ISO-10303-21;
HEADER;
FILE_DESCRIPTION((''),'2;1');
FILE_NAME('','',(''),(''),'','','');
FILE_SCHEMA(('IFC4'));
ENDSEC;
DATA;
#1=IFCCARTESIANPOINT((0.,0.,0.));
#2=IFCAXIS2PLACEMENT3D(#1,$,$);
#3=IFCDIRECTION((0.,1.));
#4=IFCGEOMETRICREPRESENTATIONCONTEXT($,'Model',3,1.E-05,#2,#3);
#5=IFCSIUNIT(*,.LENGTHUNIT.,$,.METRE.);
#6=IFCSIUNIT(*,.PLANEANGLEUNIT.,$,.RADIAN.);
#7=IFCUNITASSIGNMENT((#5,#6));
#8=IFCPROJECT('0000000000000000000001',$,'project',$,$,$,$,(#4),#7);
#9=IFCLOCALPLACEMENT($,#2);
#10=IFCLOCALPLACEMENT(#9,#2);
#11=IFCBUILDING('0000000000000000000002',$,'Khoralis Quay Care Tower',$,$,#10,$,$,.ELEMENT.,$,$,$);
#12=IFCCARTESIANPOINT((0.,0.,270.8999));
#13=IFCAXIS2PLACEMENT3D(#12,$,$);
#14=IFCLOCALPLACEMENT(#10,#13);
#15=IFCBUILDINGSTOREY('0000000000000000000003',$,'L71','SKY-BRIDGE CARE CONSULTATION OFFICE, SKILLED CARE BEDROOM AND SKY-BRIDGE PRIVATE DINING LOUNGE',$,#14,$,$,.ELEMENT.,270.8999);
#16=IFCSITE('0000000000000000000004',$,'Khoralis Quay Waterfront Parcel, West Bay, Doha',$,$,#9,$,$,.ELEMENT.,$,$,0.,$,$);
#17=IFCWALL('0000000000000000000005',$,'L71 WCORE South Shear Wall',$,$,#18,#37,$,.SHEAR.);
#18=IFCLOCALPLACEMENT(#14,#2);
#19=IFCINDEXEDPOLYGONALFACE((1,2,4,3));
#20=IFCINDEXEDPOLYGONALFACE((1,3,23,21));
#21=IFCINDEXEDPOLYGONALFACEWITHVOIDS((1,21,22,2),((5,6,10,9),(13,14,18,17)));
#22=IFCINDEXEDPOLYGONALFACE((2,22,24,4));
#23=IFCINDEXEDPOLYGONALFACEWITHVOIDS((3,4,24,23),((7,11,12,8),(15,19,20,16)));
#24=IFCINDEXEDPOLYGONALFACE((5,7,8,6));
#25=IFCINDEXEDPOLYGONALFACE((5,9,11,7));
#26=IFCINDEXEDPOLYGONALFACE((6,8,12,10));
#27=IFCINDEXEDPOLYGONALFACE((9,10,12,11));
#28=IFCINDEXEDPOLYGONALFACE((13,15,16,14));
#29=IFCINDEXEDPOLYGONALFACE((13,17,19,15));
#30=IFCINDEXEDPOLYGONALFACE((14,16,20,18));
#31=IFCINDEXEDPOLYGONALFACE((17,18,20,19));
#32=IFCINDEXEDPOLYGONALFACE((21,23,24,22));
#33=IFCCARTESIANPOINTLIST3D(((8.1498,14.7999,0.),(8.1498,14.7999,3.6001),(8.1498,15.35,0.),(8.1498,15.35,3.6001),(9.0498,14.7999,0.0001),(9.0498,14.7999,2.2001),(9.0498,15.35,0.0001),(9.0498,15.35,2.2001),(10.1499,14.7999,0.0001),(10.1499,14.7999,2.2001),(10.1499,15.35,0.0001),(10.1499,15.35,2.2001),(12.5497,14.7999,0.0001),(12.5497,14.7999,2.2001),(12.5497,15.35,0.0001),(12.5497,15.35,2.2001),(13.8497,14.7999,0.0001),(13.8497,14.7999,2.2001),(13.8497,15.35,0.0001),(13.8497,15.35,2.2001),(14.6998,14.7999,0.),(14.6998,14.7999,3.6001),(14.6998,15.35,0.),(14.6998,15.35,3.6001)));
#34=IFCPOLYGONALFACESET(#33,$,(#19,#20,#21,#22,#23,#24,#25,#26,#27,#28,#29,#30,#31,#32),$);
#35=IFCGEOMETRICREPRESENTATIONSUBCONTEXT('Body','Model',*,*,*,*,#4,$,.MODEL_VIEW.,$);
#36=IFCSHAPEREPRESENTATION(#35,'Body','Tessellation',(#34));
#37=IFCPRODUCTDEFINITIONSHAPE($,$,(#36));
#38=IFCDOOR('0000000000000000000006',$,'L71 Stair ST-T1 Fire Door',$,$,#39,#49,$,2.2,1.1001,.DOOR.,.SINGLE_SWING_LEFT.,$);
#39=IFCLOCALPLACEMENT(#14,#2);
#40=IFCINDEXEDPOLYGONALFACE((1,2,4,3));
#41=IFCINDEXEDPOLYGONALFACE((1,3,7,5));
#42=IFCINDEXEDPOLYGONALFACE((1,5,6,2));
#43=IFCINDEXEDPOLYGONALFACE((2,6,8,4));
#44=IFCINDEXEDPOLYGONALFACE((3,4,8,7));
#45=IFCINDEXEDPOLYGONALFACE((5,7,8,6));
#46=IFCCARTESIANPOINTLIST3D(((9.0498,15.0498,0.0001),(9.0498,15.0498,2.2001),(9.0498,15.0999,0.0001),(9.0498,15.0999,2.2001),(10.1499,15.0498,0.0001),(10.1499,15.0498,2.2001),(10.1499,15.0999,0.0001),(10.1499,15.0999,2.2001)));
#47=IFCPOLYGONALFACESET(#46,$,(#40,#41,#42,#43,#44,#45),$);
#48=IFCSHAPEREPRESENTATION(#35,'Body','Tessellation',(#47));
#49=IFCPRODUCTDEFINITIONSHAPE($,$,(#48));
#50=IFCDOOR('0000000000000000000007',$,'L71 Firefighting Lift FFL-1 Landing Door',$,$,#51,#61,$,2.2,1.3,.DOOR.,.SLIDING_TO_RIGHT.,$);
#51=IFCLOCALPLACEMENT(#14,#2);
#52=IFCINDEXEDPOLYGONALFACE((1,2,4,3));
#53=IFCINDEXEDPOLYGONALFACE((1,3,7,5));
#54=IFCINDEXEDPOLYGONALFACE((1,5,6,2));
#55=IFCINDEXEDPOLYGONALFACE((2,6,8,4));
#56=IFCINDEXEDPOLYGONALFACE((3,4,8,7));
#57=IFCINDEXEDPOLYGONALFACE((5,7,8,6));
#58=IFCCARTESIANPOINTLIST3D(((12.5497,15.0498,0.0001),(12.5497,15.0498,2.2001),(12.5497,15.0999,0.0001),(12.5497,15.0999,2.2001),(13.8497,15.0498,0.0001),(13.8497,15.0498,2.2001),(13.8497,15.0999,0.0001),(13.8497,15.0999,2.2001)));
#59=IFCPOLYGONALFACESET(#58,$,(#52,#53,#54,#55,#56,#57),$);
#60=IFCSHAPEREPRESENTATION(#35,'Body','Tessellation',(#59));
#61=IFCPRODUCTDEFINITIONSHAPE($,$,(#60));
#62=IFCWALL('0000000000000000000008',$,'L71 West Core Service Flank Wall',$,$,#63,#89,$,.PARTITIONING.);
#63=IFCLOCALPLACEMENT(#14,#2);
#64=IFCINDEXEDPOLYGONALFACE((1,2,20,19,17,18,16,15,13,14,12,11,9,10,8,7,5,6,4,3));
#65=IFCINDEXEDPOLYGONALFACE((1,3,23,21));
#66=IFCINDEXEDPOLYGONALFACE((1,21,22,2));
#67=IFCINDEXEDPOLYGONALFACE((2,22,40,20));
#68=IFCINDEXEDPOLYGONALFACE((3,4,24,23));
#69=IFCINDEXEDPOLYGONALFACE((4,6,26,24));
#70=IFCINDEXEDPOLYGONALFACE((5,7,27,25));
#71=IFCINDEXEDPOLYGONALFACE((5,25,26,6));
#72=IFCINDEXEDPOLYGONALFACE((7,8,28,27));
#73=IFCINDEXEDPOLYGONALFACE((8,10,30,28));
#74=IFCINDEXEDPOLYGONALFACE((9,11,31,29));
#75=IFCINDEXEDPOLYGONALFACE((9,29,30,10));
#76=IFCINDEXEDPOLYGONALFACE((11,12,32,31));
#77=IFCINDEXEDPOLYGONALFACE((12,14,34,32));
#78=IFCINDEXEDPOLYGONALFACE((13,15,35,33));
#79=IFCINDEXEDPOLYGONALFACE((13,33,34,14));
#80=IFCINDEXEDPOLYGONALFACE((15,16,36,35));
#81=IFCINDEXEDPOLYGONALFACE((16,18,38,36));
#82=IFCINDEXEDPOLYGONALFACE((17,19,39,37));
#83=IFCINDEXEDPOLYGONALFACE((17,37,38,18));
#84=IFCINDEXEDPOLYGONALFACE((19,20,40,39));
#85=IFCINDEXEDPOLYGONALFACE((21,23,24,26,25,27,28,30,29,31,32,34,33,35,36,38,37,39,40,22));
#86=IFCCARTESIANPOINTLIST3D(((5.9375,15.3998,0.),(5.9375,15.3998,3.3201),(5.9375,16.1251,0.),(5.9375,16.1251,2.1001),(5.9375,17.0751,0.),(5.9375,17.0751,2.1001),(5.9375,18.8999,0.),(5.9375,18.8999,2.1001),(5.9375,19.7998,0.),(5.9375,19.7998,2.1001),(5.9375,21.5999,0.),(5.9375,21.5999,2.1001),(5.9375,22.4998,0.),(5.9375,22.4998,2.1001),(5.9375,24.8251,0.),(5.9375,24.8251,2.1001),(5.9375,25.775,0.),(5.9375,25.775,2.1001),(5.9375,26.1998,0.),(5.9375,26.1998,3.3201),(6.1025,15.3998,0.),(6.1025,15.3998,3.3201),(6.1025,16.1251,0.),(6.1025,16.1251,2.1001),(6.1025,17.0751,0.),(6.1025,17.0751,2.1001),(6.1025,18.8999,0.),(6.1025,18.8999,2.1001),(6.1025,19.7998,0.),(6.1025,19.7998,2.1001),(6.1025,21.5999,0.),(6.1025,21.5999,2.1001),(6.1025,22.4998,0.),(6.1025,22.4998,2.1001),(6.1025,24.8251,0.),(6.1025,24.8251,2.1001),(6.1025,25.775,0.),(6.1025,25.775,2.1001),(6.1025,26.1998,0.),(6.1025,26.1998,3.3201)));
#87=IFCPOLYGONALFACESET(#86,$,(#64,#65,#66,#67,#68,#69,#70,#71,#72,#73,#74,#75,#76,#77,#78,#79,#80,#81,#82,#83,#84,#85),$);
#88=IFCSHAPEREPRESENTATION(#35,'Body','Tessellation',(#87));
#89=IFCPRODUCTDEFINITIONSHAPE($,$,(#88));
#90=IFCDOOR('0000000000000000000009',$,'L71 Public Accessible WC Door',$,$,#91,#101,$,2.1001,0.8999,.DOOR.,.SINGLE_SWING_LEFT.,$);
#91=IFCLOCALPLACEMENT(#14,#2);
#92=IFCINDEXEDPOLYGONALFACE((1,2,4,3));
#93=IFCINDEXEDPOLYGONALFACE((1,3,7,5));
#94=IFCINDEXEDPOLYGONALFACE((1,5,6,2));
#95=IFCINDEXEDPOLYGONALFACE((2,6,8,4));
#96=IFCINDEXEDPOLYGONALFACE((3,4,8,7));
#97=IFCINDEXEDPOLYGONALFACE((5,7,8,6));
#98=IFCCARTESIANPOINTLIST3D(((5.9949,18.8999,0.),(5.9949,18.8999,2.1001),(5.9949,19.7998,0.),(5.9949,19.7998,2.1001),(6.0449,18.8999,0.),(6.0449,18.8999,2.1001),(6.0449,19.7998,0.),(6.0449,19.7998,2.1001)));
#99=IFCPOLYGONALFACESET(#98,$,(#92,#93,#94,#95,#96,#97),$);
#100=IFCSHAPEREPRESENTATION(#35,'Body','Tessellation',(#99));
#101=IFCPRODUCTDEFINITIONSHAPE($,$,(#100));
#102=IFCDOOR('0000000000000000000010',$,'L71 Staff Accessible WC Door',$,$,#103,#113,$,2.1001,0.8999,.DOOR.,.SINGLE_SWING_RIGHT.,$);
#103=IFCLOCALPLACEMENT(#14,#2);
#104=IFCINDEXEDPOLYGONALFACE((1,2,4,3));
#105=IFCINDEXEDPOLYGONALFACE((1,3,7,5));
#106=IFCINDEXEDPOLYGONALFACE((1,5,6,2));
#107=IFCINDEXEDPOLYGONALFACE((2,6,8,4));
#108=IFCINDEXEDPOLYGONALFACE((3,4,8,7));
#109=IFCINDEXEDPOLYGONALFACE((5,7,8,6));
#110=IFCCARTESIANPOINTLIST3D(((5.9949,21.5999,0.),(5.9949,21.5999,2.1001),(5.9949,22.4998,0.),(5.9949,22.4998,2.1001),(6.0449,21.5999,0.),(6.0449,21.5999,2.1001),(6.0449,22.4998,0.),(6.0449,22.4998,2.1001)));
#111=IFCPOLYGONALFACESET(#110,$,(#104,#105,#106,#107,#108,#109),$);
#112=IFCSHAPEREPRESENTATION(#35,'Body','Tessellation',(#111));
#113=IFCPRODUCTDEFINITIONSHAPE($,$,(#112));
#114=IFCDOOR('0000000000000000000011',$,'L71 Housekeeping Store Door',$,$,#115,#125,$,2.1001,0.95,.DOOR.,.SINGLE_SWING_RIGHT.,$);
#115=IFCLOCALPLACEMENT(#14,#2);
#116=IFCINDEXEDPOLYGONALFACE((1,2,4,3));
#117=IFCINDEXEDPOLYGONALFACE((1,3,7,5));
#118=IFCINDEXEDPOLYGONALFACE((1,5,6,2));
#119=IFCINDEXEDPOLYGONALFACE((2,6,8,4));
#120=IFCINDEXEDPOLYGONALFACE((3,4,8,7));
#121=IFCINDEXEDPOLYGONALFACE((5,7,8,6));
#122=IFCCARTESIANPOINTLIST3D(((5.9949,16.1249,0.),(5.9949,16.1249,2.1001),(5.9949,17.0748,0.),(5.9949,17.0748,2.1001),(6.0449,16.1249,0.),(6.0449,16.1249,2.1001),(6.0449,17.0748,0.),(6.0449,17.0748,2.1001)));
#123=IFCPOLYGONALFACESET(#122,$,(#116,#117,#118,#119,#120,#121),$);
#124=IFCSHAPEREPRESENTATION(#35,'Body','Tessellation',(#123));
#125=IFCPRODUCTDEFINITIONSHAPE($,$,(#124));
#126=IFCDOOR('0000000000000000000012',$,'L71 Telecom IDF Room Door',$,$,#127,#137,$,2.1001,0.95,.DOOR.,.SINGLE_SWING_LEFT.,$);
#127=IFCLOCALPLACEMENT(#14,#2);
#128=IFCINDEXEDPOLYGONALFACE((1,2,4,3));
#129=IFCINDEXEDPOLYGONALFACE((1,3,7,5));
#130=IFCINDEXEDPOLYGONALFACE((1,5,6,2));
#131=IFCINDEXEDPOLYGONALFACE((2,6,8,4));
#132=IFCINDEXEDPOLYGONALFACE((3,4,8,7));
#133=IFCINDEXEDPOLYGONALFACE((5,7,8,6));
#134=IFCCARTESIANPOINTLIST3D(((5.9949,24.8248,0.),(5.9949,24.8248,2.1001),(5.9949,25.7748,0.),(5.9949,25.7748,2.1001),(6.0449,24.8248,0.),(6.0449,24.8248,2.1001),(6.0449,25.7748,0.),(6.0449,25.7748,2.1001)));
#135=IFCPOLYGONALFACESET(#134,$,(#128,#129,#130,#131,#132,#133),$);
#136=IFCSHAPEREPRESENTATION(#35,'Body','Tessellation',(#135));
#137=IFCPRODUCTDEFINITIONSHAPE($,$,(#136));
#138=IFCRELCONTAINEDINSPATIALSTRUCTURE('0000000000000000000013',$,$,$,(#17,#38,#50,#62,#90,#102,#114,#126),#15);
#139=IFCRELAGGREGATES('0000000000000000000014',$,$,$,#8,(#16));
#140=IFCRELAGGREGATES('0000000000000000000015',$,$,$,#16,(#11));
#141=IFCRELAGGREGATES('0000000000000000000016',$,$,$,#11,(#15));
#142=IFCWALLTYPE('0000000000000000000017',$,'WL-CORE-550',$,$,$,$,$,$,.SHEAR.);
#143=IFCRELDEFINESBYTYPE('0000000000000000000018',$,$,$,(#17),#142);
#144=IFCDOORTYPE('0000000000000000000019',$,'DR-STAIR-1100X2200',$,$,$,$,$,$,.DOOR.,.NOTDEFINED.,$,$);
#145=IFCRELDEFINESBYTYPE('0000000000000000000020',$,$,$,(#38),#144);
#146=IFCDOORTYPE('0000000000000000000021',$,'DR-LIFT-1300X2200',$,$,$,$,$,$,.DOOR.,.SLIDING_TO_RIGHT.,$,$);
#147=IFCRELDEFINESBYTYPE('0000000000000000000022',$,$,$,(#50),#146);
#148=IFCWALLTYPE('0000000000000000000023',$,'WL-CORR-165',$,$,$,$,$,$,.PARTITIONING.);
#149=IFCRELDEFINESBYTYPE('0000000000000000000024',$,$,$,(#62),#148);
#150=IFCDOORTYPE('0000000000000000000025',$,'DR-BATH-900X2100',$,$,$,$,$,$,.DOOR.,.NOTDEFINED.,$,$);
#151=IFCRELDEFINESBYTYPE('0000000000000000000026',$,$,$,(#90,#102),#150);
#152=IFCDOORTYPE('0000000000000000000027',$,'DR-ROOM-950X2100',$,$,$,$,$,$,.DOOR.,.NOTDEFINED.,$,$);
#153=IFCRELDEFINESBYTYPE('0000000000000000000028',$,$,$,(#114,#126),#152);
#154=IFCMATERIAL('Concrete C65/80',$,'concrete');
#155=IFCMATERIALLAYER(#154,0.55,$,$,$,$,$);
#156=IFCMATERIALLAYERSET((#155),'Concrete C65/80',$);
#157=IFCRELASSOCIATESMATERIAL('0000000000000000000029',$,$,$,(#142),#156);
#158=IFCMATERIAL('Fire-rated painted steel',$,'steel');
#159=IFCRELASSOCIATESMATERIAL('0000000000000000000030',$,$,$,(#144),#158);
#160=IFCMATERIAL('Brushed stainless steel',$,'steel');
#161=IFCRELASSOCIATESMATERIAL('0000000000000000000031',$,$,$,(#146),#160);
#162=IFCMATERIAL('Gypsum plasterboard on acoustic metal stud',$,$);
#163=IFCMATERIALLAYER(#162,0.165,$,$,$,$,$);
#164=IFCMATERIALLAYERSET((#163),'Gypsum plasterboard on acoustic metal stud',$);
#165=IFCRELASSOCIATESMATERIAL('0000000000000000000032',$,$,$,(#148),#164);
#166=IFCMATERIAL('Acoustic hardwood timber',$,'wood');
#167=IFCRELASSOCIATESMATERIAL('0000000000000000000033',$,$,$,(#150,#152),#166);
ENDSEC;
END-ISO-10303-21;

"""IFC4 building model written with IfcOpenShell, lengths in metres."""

from ifc_helpers import new_model, si_unit, direction, frame, frame_2d, origin, place, context, subcontext, project, spatial, rectangle, extrude, source, transform, mapped, material, layer, layer_set, type_object, element, fill, save


model = new_model("IFC4")

# Units and contexts
model_context = context("Model", 3, precision=1e-05, world=origin(), true_north=direction((0.0, 1.0)))
body_context = subcontext(model_context, "Body", "Model", "MODEL_VIEW")
ifc_project = project(units=[si_unit("LENGTHUNIT", "METRE"), si_unit("PLANEANGLEUNIT", "RADIAN")], contexts=[model_context])

# Site, building, storey
site_placement = place(None, origin())
site = spatial("IfcSite", under=ifc_project, at=site_placement, Name="Khoralis Quay Waterfront Parcel, West Bay, Doha", CompositionType="ELEMENT", RefElevation=0.0)
building_placement = place(site_placement, origin())
building = spatial("IfcBuilding", under=site, at=building_placement, Name="Khoralis Quay Care Tower", CompositionType="ELEMENT")
storey_placement = place(building_placement, frame((0.0, 0.0, 270.8999)))
storey = spatial("IfcBuildingStorey", under=building, at=storey_placement, Name="L71", Description="SKY-BRIDGE CARE CONSULTATION OFFICE, SKILLED CARE BEDROOM AND SKY-BRIDGE PRIVATE DINING LOUNGE", CompositionType="ELEMENT", Elevation=270.8999)

# Walls, openings, doors
ifc_material_1 = material(Name="Concrete C65/80", Category="concrete")
ifc_layer_1 = layer(ifc_material_1, 0.55)
ifc_layer_set_1 = layer_set([ifc_layer_1], Name="Concrete C65/80")
wall_type_1 = type_object("IfcWallType", Name="WL-CORE-550", PredefinedType="SHEAR", material=ifc_layer_set_1)
wall_1_placement = place(storey_placement, frame((8.1499, 15.075, 0.0), z_axis=(0.0, 0.0, 1.0), x_axis=(1.0, 0.0, 0.0)))
wall_1 = element("IfcWall", 1, at=wall_1_placement, inside=storey, type_object=wall_type_1, Name="L71 WCORE South Shear Wall", PredefinedType="SHEAR", context=body_context, shape_type="SweptSolid", body=[
    extrude(rectangle(XDim=6.55, YDim=0.55, at=frame_2d((3.2749, 0.0))), origin(), (0.0, 0.0, 1.0), 3.6001),
])
opening_1_placement = place(wall_1_placement, frame((0.8999, 0.0, 0.0)))
opening_1 = element("IfcOpeningElement", 2, at=opening_1_placement, cuts=wall_1, PredefinedType="OPENING", context=body_context, shape_type="SweptSolid", body=[
    extrude(rectangle(XDim=1.1001, YDim=2.2, at=frame_2d((0.55, 1.1001))), frame((0.0, 0.2852, 0.0), z_axis=(0.0, -1.0, 0.0), x_axis=(1.0, 0.0, 0.0)), (0.0, 0.0, 1.0), 0.5701),
])
opening_2_placement = place(wall_1_placement, frame((4.3999, 0.0, 0.0)))
opening_2 = element("IfcOpeningElement", 3, at=opening_2_placement, cuts=wall_1, PredefinedType="OPENING", context=body_context, shape_type="SweptSolid", body=[
    extrude(rectangle(XDim=1.3, YDim=2.2, at=frame_2d((0.6499, 1.1001))), frame((0.0, 0.2852, 0.0), z_axis=(0.0, -1.0, 0.0), x_axis=(1.0, 0.0, 0.0)), (0.0, 0.0, 1.0), 0.5701),
])
ifc_material_2 = material(Name="Fire-rated painted steel", Category="steel")
door_type_1 = type_object("IfcDoorType", Name="DR-STAIR-1100X2200", OperationType="NOTDEFINED", PredefinedType="DOOR", material=ifc_material_2)
shared_shape_1 = source(origin(), body_context, "Body", "SweptSolid", [
    extrude(rectangle(XDim=1.1001, YDim=2.2, at=frame_2d((0.55, 1.1001))), frame((0.0, 0.0249, 0.0), z_axis=(0.0, -1.0, 0.0), x_axis=(1.0, 0.0, 0.0)), (0.0, 0.0, 1.0), 0.05),
])
door_1_placement = place(opening_1_placement, origin())
door_1 = element("IfcDoor", 4, at=door_1_placement, inside=storey, type_object=door_type_1, Name="L71 Stair ST-T1 Fire Door", OperationType="SINGLE_SWING_LEFT", OverallHeight=2.2, OverallWidth=1.1001, PredefinedType="DOOR", context=body_context, shape_type="MappedRepresentation", body=[
    mapped(shared_shape_1, transform((0.0, 0.0, 0.0), scale=1.0)),
])
fill(opening_1, door_1)
ifc_material_3 = material(Name="Brushed stainless steel", Category="steel")
door_type_2 = type_object("IfcDoorType", Name="DR-LIFT-1300X2200", OperationType="SLIDING_TO_RIGHT", PredefinedType="DOOR", material=ifc_material_3)
shared_shape_2 = source(origin(), body_context, "Body", "SweptSolid", [
    extrude(rectangle(XDim=1.3, YDim=2.2, at=frame_2d((0.6499, 1.1001))), frame((0.0, 0.0249, 0.0), z_axis=(0.0, -1.0, 0.0), x_axis=(1.0, 0.0, 0.0)), (0.0, 0.0, 1.0), 0.05),
])
door_2_placement = place(opening_2_placement, origin())
door_2 = element("IfcDoor", 5, at=door_2_placement, inside=storey, type_object=door_type_2, Name="L71 Firefighting Lift FFL-1 Landing Door", OperationType="SLIDING_TO_RIGHT", OverallHeight=2.2, OverallWidth=1.3, PredefinedType="DOOR", context=body_context, shape_type="MappedRepresentation", body=[
    mapped(shared_shape_2, transform((0.0, 0.0, 0.0), scale=1.0)),
])
fill(opening_2, door_2)
ifc_material_4 = material(Name="Gypsum plasterboard on acoustic metal stud")
ifc_layer_2 = layer(ifc_material_4, 0.165)
ifc_layer_set_2 = layer_set([ifc_layer_2], Name="Gypsum plasterboard on acoustic metal stud")
wall_type_2 = type_object("IfcWallType", Name="WL-CORR-165", PredefinedType="PARTITIONING", material=ifc_layer_set_2)
wall_2_placement = place(storey_placement, frame((6.02, 15.3999, 0.0), z_axis=(0.0, 0.0, 1.0), x_axis=(0.0, 1.0, 0.0)))
wall_2 = element("IfcWall", 6, at=wall_2_placement, inside=storey, type_object=wall_type_2, Name="L71 West Core Service Flank Wall", PredefinedType="PARTITIONING", context=body_context, shape_type="SweptSolid", body=[
    extrude(rectangle(XDim=10.8, YDim=0.165, at=frame_2d((5.3999, 0.0))), origin(), (0.0, 0.0, 1.0), 3.3201),
])
opening_3_placement = place(wall_2_placement, frame((0.7251, 0.0, 0.0)))
opening_3 = element("IfcOpeningElement", 7, at=opening_3_placement, cuts=wall_2, PredefinedType="OPENING", context=body_context, shape_type="SweptSolid", body=[
    extrude(rectangle(XDim=0.95, YDim=2.1001, at=frame_2d((0.4751, 1.05))), frame((0.0, 0.0925, 0.0), z_axis=(0.0, -1.0, 0.0), x_axis=(1.0, 0.0, 0.0)), (0.0, 0.0, 1.0), 0.1851),
])
opening_4_placement = place(wall_2_placement, frame((3.5, 0.0, 0.0)))
opening_4 = element("IfcOpeningElement", 8, at=opening_4_placement, cuts=wall_2, PredefinedType="OPENING", context=body_context, shape_type="SweptSolid", body=[
    extrude(rectangle(XDim=0.8999, YDim=2.1001, at=frame_2d((0.45, 1.05))), frame((0.0, 0.0925, 0.0), z_axis=(0.0, -1.0, 0.0), x_axis=(1.0, 0.0, 0.0)), (0.0, 0.0, 1.0), 0.1851),
])
opening_5_placement = place(wall_2_placement, frame((6.2, 0.0, 0.0)))
opening_5 = element("IfcOpeningElement", 9, at=opening_5_placement, cuts=wall_2, PredefinedType="OPENING", context=body_context, shape_type="SweptSolid", body=[
    extrude(rectangle(XDim=0.8999, YDim=2.1001, at=frame_2d((0.45, 1.05))), frame((0.0, 0.0925, 0.0), z_axis=(0.0, -1.0, 0.0), x_axis=(1.0, 0.0, 0.0)), (0.0, 0.0, 1.0), 0.1851),
])
opening_6_placement = place(wall_2_placement, frame((9.425, 0.0, 0.0)))
opening_6 = element("IfcOpeningElement", 10, at=opening_6_placement, cuts=wall_2, PredefinedType="OPENING", context=body_context, shape_type="SweptSolid", body=[
    extrude(rectangle(XDim=0.95, YDim=2.1001, at=frame_2d((0.4751, 1.05))), frame((0.0, 0.0925, 0.0), z_axis=(0.0, -1.0, 0.0), x_axis=(1.0, 0.0, 0.0)), (0.0, 0.0, 1.0), 0.1851),
])
ifc_material_5 = material(Name="Acoustic hardwood timber", Category="wood")
door_type_3 = type_object("IfcDoorType", Name="DR-BATH-900X2100", OperationType="NOTDEFINED", PredefinedType="DOOR", material=ifc_material_5)
shared_shape_3 = source(origin(), body_context, "Body", "SweptSolid", [
    extrude(rectangle(XDim=0.8999, YDim=2.1001, at=frame_2d((0.45, 1.05))), frame((0.0, 0.0249, 0.0), z_axis=(0.0, -1.0, 0.0), x_axis=(1.0, 0.0, 0.0)), (0.0, 0.0, 1.0), 0.05),
])
door_3_placement = place(opening_4_placement, frame((0.8999, 0.0, 0.0), z_axis=(0.0, 0.0, 1.0), x_axis=(-1.0, 0.0, 0.0)))
door_3 = element("IfcDoor", 11, at=door_3_placement, inside=storey, type_object=door_type_3, Name="L71 Public Accessible WC Door", OperationType="SINGLE_SWING_LEFT", OverallHeight=2.1001, OverallWidth=0.8999, PredefinedType="DOOR", context=body_context, shape_type="MappedRepresentation", body=[
    mapped(shared_shape_3, transform((0.0, 0.0, 0.0), scale=1.0)),
])
fill(opening_4, door_3)
door_4_placement = place(opening_5_placement, frame((0.8999, 0.0, 0.0), z_axis=(0.0, 0.0, 1.0), x_axis=(-1.0, 0.0, 0.0)))
door_4 = element("IfcDoor", 12, at=door_4_placement, inside=storey, type_object=door_type_3, Name="L71 Staff Accessible WC Door", OperationType="SINGLE_SWING_RIGHT", OverallHeight=2.1001, OverallWidth=0.8999, PredefinedType="DOOR", context=body_context, shape_type="MappedRepresentation", body=[
    mapped(shared_shape_3, transform((0.0, 0.0, 0.0), scale=1.0)),
])
fill(opening_5, door_4)
door_type_4 = type_object("IfcDoorType", Name="DR-ROOM-950X2100", OperationType="NOTDEFINED", PredefinedType="DOOR", material=ifc_material_5)
shared_shape_4 = source(origin(), body_context, "Body", "SweptSolid", [
    extrude(rectangle(XDim=0.95, YDim=2.1001, at=frame_2d((0.4751, 1.05))), frame((0.0, 0.0249, 0.0), z_axis=(0.0, -1.0, 0.0), x_axis=(1.0, 0.0, 0.0)), (0.0, 0.0, 1.0), 0.05),
])
door_5_placement = place(opening_3_placement, frame((0.95, 0.0, 0.0), z_axis=(0.0, 0.0, 1.0), x_axis=(-1.0, 0.0, 0.0)))
door_5 = element("IfcDoor", 13, at=door_5_placement, inside=storey, type_object=door_type_4, Name="L71 Housekeeping Store Door", OperationType="SINGLE_SWING_RIGHT", OverallHeight=2.1001, OverallWidth=0.95, PredefinedType="DOOR", context=body_context, shape_type="MappedRepresentation", body=[
    mapped(shared_shape_4, transform((0.0, 0.0, 0.0), scale=1.0)),
])
fill(opening_3, door_5)
door_6_placement = place(opening_6_placement, frame((0.95, 0.0, 0.0), z_axis=(0.0, 0.0, 1.0), x_axis=(-1.0, 0.0, 0.0)))
door_6 = element("IfcDoor", 14, at=door_6_placement, inside=storey, type_object=door_type_4, Name="L71 Telecom IDF Room Door", OperationType="SINGLE_SWING_LEFT", OverallHeight=2.1001, OverallWidth=0.95, PredefinedType="DOOR", context=body_context, shape_type="MappedRepresentation", body=[
    mapped(shared_shape_4, transform((0.0, 0.0, 0.0), scale=1.0)),
])
fill(opening_6, door_6)

save(model, "model.ifc")
